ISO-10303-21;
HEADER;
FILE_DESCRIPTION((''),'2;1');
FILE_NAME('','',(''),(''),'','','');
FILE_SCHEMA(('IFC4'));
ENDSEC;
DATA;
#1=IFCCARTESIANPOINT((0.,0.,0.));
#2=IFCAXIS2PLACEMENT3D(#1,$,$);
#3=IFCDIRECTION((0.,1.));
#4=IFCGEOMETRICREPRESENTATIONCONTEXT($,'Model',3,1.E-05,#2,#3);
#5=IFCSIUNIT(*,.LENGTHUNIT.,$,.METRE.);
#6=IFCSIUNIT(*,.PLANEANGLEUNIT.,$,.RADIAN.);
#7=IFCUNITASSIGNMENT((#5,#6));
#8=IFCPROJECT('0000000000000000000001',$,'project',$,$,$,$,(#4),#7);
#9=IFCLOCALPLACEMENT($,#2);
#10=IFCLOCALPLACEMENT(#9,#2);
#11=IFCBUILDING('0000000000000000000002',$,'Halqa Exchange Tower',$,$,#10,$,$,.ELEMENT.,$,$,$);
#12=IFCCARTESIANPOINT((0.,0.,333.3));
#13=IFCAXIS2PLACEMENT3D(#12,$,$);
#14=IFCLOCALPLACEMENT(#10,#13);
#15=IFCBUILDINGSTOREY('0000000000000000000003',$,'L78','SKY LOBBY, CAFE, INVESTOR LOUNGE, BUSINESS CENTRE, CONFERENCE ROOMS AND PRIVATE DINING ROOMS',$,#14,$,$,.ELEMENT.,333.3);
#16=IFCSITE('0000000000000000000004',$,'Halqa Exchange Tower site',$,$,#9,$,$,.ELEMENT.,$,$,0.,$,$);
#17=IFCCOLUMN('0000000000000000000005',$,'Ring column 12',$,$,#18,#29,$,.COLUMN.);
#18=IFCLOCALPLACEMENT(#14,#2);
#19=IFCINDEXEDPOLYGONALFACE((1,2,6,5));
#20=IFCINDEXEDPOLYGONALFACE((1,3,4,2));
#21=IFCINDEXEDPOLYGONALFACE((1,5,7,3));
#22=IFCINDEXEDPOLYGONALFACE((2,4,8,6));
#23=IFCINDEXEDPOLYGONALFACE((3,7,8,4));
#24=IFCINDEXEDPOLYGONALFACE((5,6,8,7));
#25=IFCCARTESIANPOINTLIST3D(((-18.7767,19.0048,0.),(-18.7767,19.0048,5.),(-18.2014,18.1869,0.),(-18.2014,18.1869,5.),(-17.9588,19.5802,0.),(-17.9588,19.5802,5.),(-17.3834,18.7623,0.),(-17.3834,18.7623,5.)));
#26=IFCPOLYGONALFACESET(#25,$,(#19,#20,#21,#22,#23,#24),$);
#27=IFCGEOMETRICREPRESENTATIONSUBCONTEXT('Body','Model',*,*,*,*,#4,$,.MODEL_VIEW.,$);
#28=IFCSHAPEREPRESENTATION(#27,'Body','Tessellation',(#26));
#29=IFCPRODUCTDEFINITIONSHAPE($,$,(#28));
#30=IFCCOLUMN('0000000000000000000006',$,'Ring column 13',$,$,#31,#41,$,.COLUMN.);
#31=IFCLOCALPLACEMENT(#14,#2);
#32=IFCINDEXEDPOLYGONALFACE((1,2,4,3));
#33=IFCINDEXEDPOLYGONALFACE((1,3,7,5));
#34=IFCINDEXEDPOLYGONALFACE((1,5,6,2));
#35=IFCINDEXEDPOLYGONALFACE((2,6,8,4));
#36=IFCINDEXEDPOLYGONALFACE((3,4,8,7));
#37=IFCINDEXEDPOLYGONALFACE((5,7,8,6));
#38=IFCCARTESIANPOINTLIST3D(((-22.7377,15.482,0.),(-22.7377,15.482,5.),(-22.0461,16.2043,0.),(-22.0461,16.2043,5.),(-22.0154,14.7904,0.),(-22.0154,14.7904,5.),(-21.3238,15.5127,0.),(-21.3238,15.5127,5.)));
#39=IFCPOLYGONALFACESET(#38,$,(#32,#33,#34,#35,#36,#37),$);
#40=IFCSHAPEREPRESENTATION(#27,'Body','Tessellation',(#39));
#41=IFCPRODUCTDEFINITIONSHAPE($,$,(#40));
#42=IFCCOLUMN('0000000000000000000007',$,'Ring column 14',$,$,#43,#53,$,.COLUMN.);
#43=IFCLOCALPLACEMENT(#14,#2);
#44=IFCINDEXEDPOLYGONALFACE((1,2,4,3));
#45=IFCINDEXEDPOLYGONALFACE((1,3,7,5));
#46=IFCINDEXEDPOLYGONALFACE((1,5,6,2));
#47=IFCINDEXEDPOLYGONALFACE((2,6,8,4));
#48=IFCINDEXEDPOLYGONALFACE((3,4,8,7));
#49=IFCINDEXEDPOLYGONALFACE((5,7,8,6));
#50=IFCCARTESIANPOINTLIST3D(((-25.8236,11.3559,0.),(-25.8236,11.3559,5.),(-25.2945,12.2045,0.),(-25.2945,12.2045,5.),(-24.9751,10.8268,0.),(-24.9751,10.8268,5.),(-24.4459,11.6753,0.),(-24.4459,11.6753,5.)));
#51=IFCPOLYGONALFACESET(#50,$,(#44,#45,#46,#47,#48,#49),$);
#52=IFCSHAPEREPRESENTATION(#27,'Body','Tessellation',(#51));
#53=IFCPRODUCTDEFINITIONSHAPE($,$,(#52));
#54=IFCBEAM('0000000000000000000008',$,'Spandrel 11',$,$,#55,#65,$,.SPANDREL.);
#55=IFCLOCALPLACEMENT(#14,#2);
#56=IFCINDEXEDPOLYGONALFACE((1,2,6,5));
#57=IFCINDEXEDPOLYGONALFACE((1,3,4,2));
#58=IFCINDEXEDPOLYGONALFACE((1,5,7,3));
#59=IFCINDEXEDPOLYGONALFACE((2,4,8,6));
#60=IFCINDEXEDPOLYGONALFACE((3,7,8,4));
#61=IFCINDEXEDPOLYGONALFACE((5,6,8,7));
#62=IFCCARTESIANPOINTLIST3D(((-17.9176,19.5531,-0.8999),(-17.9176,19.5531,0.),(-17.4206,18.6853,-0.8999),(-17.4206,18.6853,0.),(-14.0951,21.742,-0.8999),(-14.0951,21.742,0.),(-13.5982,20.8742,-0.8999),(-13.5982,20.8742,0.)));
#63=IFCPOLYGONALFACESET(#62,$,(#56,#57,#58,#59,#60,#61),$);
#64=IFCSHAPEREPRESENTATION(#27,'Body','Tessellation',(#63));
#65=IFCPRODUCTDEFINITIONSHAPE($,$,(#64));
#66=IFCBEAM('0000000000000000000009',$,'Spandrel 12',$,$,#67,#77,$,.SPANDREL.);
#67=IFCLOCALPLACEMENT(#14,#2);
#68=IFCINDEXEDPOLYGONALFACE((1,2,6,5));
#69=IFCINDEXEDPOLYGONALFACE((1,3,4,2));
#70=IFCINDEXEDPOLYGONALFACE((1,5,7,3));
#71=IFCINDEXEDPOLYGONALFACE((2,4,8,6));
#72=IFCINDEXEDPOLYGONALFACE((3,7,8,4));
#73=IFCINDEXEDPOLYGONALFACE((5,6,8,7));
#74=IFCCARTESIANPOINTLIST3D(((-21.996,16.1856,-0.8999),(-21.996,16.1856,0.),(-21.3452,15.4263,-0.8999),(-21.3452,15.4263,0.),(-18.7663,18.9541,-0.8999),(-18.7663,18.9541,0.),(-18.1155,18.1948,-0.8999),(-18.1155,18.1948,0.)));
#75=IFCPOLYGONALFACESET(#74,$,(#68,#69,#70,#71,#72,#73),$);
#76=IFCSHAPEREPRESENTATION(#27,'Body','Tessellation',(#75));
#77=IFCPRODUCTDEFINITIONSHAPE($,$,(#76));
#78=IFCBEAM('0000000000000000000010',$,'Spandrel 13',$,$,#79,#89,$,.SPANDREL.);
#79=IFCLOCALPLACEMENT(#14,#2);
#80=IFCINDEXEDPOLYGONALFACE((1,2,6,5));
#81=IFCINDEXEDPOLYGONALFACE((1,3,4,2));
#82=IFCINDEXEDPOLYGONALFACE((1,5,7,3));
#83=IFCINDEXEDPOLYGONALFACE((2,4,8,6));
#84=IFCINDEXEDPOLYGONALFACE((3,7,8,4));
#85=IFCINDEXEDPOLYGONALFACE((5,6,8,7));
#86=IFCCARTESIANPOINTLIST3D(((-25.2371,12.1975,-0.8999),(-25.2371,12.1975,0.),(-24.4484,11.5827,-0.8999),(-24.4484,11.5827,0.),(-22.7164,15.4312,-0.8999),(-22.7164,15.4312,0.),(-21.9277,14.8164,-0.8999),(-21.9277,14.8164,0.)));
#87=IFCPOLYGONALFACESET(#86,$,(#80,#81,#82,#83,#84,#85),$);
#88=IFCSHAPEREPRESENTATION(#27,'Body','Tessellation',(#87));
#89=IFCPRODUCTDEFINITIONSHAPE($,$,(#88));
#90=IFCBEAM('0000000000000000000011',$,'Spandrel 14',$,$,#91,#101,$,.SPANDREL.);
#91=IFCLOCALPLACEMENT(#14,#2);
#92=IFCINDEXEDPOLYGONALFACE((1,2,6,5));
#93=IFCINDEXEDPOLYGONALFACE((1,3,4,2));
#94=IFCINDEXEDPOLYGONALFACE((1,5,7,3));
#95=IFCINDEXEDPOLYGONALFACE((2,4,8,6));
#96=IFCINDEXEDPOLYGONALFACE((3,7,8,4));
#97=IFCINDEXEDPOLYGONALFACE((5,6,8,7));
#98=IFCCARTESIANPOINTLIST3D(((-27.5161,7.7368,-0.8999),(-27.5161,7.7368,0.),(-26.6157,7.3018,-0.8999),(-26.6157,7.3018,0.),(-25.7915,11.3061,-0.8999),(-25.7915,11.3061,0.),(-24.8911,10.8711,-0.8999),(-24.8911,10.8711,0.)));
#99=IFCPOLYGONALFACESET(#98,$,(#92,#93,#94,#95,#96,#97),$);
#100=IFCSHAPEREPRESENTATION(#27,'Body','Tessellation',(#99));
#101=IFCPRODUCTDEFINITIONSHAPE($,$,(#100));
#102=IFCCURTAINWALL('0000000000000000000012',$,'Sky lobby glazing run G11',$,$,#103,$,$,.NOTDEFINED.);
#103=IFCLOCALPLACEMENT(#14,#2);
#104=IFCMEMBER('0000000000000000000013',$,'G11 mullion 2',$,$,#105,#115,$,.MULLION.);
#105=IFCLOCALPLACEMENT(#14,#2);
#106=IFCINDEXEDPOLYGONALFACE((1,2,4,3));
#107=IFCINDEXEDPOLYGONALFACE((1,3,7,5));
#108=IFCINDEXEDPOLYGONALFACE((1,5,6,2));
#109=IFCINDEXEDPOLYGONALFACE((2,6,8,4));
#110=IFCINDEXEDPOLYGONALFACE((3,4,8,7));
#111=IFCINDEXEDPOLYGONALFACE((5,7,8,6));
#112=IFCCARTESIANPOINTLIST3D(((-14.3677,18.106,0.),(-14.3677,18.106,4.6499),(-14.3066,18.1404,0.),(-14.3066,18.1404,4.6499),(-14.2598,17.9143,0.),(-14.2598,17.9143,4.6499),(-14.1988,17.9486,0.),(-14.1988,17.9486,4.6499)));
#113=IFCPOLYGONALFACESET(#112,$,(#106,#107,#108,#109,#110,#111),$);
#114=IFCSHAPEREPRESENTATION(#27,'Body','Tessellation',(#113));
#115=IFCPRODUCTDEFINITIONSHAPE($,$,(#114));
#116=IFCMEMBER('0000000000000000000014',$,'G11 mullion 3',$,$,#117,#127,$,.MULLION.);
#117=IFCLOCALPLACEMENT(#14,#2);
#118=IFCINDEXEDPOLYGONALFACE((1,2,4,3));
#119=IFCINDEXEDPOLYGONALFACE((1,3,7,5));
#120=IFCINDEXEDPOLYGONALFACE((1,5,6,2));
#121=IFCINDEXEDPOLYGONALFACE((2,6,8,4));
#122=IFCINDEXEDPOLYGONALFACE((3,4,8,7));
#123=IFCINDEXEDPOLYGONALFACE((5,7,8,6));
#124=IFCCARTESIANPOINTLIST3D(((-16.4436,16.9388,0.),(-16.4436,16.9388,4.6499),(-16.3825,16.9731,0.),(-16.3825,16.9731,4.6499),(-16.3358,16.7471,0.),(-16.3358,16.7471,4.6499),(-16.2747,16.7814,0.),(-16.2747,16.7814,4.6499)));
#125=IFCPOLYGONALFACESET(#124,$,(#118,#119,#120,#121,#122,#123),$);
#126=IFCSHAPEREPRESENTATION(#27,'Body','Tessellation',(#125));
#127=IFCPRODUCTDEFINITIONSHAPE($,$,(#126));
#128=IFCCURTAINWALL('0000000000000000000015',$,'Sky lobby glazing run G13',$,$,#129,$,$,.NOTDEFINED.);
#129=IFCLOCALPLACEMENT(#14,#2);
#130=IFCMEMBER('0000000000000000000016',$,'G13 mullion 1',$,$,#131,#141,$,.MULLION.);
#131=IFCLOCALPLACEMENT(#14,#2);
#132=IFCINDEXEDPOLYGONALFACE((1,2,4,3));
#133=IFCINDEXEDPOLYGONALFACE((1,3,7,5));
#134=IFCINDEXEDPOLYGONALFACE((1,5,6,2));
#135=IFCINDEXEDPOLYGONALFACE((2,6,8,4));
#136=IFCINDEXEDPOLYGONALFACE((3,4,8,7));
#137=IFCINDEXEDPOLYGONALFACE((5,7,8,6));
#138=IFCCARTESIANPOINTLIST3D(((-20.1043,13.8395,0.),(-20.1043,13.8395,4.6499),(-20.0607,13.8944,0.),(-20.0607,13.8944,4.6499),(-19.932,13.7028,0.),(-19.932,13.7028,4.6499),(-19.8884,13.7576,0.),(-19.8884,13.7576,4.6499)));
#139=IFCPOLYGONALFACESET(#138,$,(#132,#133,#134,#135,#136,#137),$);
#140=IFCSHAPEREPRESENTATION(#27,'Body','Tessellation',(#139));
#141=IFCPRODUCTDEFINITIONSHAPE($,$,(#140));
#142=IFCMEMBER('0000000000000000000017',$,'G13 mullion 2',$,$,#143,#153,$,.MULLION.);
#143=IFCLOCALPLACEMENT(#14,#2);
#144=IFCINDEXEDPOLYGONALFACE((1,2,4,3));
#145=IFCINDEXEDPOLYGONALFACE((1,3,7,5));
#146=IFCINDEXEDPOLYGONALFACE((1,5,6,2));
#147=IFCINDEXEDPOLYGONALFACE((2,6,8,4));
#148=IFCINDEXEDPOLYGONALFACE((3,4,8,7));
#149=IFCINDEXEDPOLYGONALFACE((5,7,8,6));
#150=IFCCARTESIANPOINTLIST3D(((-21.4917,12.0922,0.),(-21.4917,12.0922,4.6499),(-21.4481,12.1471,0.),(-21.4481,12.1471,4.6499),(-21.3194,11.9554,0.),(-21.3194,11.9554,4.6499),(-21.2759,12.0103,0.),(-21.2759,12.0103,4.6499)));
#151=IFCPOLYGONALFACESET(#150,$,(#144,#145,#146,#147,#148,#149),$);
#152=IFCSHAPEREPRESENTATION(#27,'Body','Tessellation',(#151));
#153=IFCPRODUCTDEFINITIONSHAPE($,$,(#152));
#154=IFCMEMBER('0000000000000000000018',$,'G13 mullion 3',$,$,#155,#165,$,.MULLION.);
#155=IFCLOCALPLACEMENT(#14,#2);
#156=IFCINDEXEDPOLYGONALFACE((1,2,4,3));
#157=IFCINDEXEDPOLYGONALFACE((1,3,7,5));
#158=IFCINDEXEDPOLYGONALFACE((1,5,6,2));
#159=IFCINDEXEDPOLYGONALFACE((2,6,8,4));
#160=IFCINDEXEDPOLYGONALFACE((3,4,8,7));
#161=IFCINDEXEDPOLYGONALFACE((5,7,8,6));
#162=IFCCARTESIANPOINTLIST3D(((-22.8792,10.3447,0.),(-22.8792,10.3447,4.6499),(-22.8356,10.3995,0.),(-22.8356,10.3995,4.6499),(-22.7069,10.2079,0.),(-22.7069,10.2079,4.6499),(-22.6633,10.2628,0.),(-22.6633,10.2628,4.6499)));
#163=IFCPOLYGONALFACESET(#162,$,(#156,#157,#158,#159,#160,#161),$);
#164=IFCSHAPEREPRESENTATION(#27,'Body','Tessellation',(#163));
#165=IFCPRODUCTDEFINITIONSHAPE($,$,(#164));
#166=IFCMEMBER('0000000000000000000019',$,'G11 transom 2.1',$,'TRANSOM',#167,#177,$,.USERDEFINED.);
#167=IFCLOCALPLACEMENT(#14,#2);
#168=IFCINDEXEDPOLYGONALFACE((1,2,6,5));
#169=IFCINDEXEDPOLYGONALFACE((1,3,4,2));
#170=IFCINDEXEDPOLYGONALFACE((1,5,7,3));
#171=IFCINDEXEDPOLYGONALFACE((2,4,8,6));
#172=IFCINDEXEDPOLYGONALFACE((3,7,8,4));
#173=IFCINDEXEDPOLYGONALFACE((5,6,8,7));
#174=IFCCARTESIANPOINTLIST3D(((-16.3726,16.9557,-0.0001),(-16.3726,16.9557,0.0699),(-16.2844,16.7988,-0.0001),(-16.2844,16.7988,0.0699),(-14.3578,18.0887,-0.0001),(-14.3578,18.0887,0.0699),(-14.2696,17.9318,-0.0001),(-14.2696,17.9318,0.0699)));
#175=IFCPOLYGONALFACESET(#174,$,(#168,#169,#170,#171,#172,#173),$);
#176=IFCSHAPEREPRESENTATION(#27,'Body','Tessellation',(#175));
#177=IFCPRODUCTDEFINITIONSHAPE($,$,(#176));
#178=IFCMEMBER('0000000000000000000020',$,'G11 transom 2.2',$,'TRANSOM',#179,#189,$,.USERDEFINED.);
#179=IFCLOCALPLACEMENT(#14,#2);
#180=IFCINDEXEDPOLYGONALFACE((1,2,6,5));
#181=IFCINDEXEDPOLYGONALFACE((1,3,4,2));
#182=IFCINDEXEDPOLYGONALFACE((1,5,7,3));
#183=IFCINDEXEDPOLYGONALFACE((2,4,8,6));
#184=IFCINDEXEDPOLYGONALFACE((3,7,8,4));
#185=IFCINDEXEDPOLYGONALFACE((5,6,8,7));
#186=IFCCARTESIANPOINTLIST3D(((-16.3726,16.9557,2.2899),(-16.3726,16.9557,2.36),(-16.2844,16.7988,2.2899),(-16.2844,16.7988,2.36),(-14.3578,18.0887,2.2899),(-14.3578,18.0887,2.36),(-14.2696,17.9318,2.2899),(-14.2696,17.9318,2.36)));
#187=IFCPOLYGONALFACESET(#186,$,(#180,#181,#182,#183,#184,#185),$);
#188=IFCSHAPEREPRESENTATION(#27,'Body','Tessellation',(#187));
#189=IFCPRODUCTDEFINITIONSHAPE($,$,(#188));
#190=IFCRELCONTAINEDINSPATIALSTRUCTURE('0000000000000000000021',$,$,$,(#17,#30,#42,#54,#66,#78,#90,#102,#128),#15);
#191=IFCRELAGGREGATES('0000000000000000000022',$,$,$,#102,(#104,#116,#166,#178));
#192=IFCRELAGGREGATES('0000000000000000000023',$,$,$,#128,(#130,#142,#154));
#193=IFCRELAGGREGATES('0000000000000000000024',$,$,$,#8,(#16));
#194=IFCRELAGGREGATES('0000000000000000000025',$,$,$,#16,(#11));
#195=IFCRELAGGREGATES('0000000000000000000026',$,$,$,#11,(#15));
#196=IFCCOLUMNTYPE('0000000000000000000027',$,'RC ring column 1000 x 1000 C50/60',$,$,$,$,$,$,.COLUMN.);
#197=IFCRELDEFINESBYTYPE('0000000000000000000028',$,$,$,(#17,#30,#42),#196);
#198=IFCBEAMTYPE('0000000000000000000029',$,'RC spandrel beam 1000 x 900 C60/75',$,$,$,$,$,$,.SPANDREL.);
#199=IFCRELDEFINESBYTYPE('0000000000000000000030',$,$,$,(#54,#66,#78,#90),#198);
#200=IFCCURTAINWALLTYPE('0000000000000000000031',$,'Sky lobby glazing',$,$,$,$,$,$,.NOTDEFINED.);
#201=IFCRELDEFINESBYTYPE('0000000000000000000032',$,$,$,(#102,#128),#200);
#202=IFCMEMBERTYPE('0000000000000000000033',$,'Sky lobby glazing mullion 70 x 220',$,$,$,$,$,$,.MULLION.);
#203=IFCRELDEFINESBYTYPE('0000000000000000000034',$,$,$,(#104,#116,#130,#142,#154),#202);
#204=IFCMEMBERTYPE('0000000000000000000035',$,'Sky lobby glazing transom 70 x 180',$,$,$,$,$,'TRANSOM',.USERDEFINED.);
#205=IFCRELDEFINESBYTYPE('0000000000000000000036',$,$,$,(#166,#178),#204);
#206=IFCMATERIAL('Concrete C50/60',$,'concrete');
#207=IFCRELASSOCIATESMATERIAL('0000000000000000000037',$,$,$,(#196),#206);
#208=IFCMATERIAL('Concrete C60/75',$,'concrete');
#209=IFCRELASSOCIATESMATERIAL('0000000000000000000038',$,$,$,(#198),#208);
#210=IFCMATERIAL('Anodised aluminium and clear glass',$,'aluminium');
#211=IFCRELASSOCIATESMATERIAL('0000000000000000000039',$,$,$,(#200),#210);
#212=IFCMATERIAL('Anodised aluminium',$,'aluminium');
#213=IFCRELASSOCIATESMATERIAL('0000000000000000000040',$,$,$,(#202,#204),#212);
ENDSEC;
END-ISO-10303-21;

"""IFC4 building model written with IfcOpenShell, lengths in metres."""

from ifc_helpers import new_model, si_unit, direction, frame, origin, origin_2d, place, context, subcontext, project, spatial, rectangle, extrude, material, material_profile, profile_set, type_object, element, aggregate, save


model = new_model("IFC4")

# Units and contexts
model_context = context("Model", 3, precision=1e-05, world=origin(), true_north=direction((0.0, 1.0)))
body_context = subcontext(model_context, "Body", "Model", "MODEL_VIEW")
ifc_project = project(units=[si_unit("LENGTHUNIT", "METRE"), si_unit("PLANEANGLEUNIT", "RADIAN")], contexts=[model_context])

# Site, building, storey
site_placement = place(None, origin())
site = spatial("IfcSite", under=ifc_project, at=site_placement, Name="Halqa Exchange Tower site", CompositionType="ELEMENT", RefElevation=0.0)
building_placement = place(site_placement, origin())
building = spatial("IfcBuilding", under=site, at=building_placement, Name="Halqa Exchange Tower", CompositionType="ELEMENT")
storey_placement = place(building_placement, frame((0.0, 0.0, 333.3)))
storey = spatial("IfcBuildingStorey", under=building, at=storey_placement, Name="L78", Description="SKY LOBBY, CAFE, INVESTOR LOUNGE, BUSINESS CENTRE, CONFERENCE ROOMS AND PRIVATE DINING ROOMS", CompositionType="ELEMENT", Elevation=333.3)

# Columns
ifc_material_1 = material(Name="Concrete C50/60", Category="concrete")
ifc_material_profile_1 = material_profile(ifc_material_1, rectangle(XDim=1.0, YDim=1.0, at=origin_2d()), Name="1000 x 1000")
ifc_profile_set_1 = profile_set([ifc_material_profile_1], Name="Concrete C50/60")
column_type = type_object("IfcColumnType", Name="RC ring column 1000 x 1000 C50/60", PredefinedType="COLUMN", material=ifc_profile_set_1)
for number, where, z_axis, x_axis, name in (
    (1, (-18.0801, 18.8835, 0.0), (0.0, 0.0, 1.0), (-0.817907, -0.575351, 0.0), "Ring column 12"),
    (2, (-22.0308, 15.4973, 0.0), (0.0, 0.0, 1.0), (-0.691579, -0.722301, 0.0), "Ring column 13"),
    (3, (-25.1348, 11.5156, 0.0), (0.0, 0.0, 1.0), (-0.52914, -0.848534, 0.0), "Ring column 14"),
):
    element("IfcColumn", number, at=place(storey_placement, frame(where, z_axis=z_axis, x_axis=x_axis)), inside=storey, type_object=column_type, Name=name, PredefinedType="COLUMN", context=body_context, shape_type="SweptSolid", body=[
        extrude(rectangle(XDim=1.0, YDim=1.0, at=origin_2d()), origin(), (0.0, 0.0, 1.0), 5.0),
    ])

# Beams
ifc_material_2 = material(Name="Concrete C60/75", Category="concrete")
ifc_material_profile_2 = material_profile(ifc_material_2, rectangle(XDim=1.0, YDim=0.8999, at=origin_2d()), Name="1000 x 900")
ifc_profile_set_2 = profile_set([ifc_material_profile_2], Name="Concrete C60/75")
beam_type = type_object("IfcBeamType", Name="RC spandrel beam 1000 x 900 C60/75", PredefinedType="SPANDREL", material=ifc_profile_set_2)
beam_1_placement = place(storey_placement, frame((-13.8467, 21.3081, -0.45), z_axis=(-0.867786, -0.496939, 0.0), x_axis=(0.496939, -0.867786, 0.0)))
element("IfcBeam", 4, at=beam_1_placement, inside=storey, type_object=beam_type, Name="Spandrel 11", PredefinedType="SPANDREL", context=body_context, shape_type="SweptSolid", body=[
    extrude(rectangle(XDim=1.0, YDim=0.8999, at=origin_2d()), origin(), (0.0, 0.0, 1.0), 4.4048),
])
beam_2_placement = place(storey_placement, frame((-18.4409, 18.5745, -0.45), z_axis=(-0.759232, -0.65082, 0.0), x_axis=(0.65082, -0.759232, 0.0)))
element("IfcBeam", 5, at=beam_2_placement, inside=storey, type_object=beam_type, Name="Spandrel 12", PredefinedType="SPANDREL", context=body_context, shape_type="SweptSolid", body=[
    extrude(rectangle(XDim=1.0, YDim=0.8999, at=origin_2d()), origin(), (0.0, 0.0, 1.0), 4.2539),
])
beam_3_placement = place(storey_placement, frame((-22.322, 15.1238, -0.45), z_axis=(-0.614806, -0.788678, 0.0), x_axis=(0.788678, -0.614806, 0.0)))
element("IfcBeam", 6, at=beam_3_placement, inside=storey, type_object=beam_type, Name="Spandrel 13", PredefinedType="SPANDREL", context=body_context, shape_type="SweptSolid", body=[
    extrude(rectangle(XDim=1.0, YDim=0.8999, at=origin_2d()), origin(), (0.0, 0.0, 1.0), 4.1001),
])
beam_4_placement = place(storey_placement, frame((-25.3413, 11.0886, -0.45), z_axis=(-0.435052, -0.900405, 0.0), x_axis=(0.900405, -0.435052, 0.0)))
element("IfcBeam", 7, at=beam_4_placement, inside=storey, type_object=beam_type, Name="Spandrel 14", PredefinedType="SPANDREL", context=body_context, shape_type="SweptSolid", body=[
    extrude(rectangle(XDim=1.0, YDim=0.8999, at=origin_2d()), origin(), (0.0, 0.0, 1.0), 3.9641),
])

# Curtain walls, members
ifc_material_3 = material(Name="Anodised aluminium and clear glass", Category="aluminium")
curtain_wall_type = type_object("IfcCurtainWallType", Name="Sky lobby glazing", PredefinedType="NOTDEFINED", material=ifc_material_3)
curtain_wall_1_placement = place(storey_placement, origin())
curtain_wall_1 = element("IfcCurtainWall", 8, at=curtain_wall_1_placement, inside=storey, type_object=curtain_wall_type, Name="Sky lobby glazing run G11", PredefinedType="NOTDEFINED")
ifc_material_4 = material(Name="Anodised aluminium", Category="aluminium")
ifc_material_profile_3 = material_profile(ifc_material_4, rectangle(XDim=0.22, YDim=0.0701, at=origin_2d()), Name="AL 70x220")
ifc_profile_set_3 = profile_set([ifc_material_profile_3], Name="Anodised aluminium")
member_type_1 = type_object("IfcMemberType", Name="Sky lobby glazing mullion 70 x 220", PredefinedType="MULLION", material=ifc_profile_set_3)
member_1_placement = place(storey_placement, frame((-14.2832, 18.0273, 0.0), z_axis=(0.0, 0.0, 1.0), x_axis=(0.490158, -0.871634, 0.0)))
member_1 = element("IfcMember", 9, at=member_1_placement, type_object=member_type_1, Name="G11 mullion 2", PredefinedType="MULLION", context=body_context, shape_type="SweptSolid", body=[
    extrude(rectangle(XDim=0.22, YDim=0.0701, at=origin_2d()), origin(), (0.0, 0.0, 1.0), 4.6499),
])
member_2_placement = place(storey_placement, frame((-16.3591, 16.8601, 0.0), z_axis=(0.0, 0.0, 1.0), x_axis=(0.490158, -0.871634, 0.0)))
member_2 = element("IfcMember", 10, at=member_2_placement, type_object=member_type_1, Name="G11 mullion 3", PredefinedType="MULLION", context=body_context, shape_type="SweptSolid", body=[
    extrude(rectangle(XDim=0.22, YDim=0.0701, at=origin_2d()), origin(), (0.0, 0.0, 1.0), 4.6499),
])
curtain_wall_2_placement = place(storey_placement, origin())
curtain_wall_2 = element("IfcCurtainWall", 11, at=curtain_wall_2_placement, inside=storey, type_object=curtain_wall_type, Name="Sky lobby glazing run G13", PredefinedType="NOTDEFINED")
member_3_placement = place(storey_placement, frame((-19.9963, 13.7986, 0.0), z_axis=(0.0, 0.0, 1.0), x_axis=(0.783162, -0.621817, 0.0)))
member_3 = element("IfcMember", 12, at=member_3_placement, type_object=member_type_1, Name="G13 mullion 1", PredefinedType="MULLION", context=body_context, shape_type="SweptSolid", body=[
    extrude(rectangle(XDim=0.22, YDim=0.0701, at=origin_2d()), origin(), (0.0, 0.0, 1.0), 4.6499),
])
member_4_placement = place(storey_placement, frame((-21.3838, 12.0513, 0.0), z_axis=(0.0, 0.0, 1.0), x_axis=(0.783162, -0.621817, 0.0)))
member_4 = element("IfcMember", 13, at=member_4_placement, type_object=member_type_1, Name="G13 mullion 2", PredefinedType="MULLION", context=body_context, shape_type="SweptSolid", body=[
    extrude(rectangle(XDim=0.22, YDim=0.0701, at=origin_2d()), origin(), (0.0, 0.0, 1.0), 4.6499),
])
member_5_placement = place(storey_placement, frame((-22.7712, 10.3037, 0.0), z_axis=(0.0, 0.0, 1.0), x_axis=(0.783162, -0.621817, 0.0)))
member_5 = element("IfcMember", 14, at=member_5_placement, type_object=member_type_1, Name="G13 mullion 3", PredefinedType="MULLION", context=body_context, shape_type="SweptSolid", body=[
    extrude(rectangle(XDim=0.22, YDim=0.0701, at=origin_2d()), origin(), (0.0, 0.0, 1.0), 4.6499),
])

# Members
ifc_material_profile_4 = material_profile(ifc_material_4, rectangle(XDim=0.1799, YDim=0.0701, at=origin_2d()), Name="AL 70x180")
ifc_profile_set_4 = profile_set([ifc_material_profile_4], Name="Anodised aluminium")
member_type_2 = type_object("IfcMemberType", Name="Sky lobby glazing transom 70 x 180", ElementType="TRANSOM", PredefinedType="USERDEFINED", material=ifc_profile_set_4)
member_6_placement = place(storey_placement, frame((-14.3137, 18.0103, 0.0349), z_axis=(-0.871635, -0.490156, 0.0), x_axis=(0.490156, -0.871635, 0.0)))
member_6 = element("IfcMember", 15, at=member_6_placement, type_object=member_type_2, Name="G11 transom 2.1", ObjectType="TRANSOM", PredefinedType="USERDEFINED", context=body_context, shape_type="SweptSolid", body=[
    extrude(rectangle(XDim=0.1799, YDim=0.0701, at=origin_2d()), origin(), (0.0, 0.0, 1.0), 2.3115),
])
member_7_placement = place(storey_placement, frame((-14.3137, 18.0103, 2.325), z_axis=(-0.871635, -0.490156, 0.0), x_axis=(0.490156, -0.871635, 0.0)))
member_7 = element("IfcMember", 16, at=member_7_placement, type_object=member_type_2, Name="G11 transom 2.2", ObjectType="TRANSOM", PredefinedType="USERDEFINED", context=body_context, shape_type="SweptSolid", body=[
    extrude(rectangle(XDim=0.1799, YDim=0.0701, at=origin_2d()), origin(), (0.0, 0.0, 1.0), 2.3115),
])

aggregate(curtain_wall_1, [member_1, member_2, member_6, member_7])
aggregate(curtain_wall_2, [member_3, member_4, member_5])

save(model, "model.ifc")
